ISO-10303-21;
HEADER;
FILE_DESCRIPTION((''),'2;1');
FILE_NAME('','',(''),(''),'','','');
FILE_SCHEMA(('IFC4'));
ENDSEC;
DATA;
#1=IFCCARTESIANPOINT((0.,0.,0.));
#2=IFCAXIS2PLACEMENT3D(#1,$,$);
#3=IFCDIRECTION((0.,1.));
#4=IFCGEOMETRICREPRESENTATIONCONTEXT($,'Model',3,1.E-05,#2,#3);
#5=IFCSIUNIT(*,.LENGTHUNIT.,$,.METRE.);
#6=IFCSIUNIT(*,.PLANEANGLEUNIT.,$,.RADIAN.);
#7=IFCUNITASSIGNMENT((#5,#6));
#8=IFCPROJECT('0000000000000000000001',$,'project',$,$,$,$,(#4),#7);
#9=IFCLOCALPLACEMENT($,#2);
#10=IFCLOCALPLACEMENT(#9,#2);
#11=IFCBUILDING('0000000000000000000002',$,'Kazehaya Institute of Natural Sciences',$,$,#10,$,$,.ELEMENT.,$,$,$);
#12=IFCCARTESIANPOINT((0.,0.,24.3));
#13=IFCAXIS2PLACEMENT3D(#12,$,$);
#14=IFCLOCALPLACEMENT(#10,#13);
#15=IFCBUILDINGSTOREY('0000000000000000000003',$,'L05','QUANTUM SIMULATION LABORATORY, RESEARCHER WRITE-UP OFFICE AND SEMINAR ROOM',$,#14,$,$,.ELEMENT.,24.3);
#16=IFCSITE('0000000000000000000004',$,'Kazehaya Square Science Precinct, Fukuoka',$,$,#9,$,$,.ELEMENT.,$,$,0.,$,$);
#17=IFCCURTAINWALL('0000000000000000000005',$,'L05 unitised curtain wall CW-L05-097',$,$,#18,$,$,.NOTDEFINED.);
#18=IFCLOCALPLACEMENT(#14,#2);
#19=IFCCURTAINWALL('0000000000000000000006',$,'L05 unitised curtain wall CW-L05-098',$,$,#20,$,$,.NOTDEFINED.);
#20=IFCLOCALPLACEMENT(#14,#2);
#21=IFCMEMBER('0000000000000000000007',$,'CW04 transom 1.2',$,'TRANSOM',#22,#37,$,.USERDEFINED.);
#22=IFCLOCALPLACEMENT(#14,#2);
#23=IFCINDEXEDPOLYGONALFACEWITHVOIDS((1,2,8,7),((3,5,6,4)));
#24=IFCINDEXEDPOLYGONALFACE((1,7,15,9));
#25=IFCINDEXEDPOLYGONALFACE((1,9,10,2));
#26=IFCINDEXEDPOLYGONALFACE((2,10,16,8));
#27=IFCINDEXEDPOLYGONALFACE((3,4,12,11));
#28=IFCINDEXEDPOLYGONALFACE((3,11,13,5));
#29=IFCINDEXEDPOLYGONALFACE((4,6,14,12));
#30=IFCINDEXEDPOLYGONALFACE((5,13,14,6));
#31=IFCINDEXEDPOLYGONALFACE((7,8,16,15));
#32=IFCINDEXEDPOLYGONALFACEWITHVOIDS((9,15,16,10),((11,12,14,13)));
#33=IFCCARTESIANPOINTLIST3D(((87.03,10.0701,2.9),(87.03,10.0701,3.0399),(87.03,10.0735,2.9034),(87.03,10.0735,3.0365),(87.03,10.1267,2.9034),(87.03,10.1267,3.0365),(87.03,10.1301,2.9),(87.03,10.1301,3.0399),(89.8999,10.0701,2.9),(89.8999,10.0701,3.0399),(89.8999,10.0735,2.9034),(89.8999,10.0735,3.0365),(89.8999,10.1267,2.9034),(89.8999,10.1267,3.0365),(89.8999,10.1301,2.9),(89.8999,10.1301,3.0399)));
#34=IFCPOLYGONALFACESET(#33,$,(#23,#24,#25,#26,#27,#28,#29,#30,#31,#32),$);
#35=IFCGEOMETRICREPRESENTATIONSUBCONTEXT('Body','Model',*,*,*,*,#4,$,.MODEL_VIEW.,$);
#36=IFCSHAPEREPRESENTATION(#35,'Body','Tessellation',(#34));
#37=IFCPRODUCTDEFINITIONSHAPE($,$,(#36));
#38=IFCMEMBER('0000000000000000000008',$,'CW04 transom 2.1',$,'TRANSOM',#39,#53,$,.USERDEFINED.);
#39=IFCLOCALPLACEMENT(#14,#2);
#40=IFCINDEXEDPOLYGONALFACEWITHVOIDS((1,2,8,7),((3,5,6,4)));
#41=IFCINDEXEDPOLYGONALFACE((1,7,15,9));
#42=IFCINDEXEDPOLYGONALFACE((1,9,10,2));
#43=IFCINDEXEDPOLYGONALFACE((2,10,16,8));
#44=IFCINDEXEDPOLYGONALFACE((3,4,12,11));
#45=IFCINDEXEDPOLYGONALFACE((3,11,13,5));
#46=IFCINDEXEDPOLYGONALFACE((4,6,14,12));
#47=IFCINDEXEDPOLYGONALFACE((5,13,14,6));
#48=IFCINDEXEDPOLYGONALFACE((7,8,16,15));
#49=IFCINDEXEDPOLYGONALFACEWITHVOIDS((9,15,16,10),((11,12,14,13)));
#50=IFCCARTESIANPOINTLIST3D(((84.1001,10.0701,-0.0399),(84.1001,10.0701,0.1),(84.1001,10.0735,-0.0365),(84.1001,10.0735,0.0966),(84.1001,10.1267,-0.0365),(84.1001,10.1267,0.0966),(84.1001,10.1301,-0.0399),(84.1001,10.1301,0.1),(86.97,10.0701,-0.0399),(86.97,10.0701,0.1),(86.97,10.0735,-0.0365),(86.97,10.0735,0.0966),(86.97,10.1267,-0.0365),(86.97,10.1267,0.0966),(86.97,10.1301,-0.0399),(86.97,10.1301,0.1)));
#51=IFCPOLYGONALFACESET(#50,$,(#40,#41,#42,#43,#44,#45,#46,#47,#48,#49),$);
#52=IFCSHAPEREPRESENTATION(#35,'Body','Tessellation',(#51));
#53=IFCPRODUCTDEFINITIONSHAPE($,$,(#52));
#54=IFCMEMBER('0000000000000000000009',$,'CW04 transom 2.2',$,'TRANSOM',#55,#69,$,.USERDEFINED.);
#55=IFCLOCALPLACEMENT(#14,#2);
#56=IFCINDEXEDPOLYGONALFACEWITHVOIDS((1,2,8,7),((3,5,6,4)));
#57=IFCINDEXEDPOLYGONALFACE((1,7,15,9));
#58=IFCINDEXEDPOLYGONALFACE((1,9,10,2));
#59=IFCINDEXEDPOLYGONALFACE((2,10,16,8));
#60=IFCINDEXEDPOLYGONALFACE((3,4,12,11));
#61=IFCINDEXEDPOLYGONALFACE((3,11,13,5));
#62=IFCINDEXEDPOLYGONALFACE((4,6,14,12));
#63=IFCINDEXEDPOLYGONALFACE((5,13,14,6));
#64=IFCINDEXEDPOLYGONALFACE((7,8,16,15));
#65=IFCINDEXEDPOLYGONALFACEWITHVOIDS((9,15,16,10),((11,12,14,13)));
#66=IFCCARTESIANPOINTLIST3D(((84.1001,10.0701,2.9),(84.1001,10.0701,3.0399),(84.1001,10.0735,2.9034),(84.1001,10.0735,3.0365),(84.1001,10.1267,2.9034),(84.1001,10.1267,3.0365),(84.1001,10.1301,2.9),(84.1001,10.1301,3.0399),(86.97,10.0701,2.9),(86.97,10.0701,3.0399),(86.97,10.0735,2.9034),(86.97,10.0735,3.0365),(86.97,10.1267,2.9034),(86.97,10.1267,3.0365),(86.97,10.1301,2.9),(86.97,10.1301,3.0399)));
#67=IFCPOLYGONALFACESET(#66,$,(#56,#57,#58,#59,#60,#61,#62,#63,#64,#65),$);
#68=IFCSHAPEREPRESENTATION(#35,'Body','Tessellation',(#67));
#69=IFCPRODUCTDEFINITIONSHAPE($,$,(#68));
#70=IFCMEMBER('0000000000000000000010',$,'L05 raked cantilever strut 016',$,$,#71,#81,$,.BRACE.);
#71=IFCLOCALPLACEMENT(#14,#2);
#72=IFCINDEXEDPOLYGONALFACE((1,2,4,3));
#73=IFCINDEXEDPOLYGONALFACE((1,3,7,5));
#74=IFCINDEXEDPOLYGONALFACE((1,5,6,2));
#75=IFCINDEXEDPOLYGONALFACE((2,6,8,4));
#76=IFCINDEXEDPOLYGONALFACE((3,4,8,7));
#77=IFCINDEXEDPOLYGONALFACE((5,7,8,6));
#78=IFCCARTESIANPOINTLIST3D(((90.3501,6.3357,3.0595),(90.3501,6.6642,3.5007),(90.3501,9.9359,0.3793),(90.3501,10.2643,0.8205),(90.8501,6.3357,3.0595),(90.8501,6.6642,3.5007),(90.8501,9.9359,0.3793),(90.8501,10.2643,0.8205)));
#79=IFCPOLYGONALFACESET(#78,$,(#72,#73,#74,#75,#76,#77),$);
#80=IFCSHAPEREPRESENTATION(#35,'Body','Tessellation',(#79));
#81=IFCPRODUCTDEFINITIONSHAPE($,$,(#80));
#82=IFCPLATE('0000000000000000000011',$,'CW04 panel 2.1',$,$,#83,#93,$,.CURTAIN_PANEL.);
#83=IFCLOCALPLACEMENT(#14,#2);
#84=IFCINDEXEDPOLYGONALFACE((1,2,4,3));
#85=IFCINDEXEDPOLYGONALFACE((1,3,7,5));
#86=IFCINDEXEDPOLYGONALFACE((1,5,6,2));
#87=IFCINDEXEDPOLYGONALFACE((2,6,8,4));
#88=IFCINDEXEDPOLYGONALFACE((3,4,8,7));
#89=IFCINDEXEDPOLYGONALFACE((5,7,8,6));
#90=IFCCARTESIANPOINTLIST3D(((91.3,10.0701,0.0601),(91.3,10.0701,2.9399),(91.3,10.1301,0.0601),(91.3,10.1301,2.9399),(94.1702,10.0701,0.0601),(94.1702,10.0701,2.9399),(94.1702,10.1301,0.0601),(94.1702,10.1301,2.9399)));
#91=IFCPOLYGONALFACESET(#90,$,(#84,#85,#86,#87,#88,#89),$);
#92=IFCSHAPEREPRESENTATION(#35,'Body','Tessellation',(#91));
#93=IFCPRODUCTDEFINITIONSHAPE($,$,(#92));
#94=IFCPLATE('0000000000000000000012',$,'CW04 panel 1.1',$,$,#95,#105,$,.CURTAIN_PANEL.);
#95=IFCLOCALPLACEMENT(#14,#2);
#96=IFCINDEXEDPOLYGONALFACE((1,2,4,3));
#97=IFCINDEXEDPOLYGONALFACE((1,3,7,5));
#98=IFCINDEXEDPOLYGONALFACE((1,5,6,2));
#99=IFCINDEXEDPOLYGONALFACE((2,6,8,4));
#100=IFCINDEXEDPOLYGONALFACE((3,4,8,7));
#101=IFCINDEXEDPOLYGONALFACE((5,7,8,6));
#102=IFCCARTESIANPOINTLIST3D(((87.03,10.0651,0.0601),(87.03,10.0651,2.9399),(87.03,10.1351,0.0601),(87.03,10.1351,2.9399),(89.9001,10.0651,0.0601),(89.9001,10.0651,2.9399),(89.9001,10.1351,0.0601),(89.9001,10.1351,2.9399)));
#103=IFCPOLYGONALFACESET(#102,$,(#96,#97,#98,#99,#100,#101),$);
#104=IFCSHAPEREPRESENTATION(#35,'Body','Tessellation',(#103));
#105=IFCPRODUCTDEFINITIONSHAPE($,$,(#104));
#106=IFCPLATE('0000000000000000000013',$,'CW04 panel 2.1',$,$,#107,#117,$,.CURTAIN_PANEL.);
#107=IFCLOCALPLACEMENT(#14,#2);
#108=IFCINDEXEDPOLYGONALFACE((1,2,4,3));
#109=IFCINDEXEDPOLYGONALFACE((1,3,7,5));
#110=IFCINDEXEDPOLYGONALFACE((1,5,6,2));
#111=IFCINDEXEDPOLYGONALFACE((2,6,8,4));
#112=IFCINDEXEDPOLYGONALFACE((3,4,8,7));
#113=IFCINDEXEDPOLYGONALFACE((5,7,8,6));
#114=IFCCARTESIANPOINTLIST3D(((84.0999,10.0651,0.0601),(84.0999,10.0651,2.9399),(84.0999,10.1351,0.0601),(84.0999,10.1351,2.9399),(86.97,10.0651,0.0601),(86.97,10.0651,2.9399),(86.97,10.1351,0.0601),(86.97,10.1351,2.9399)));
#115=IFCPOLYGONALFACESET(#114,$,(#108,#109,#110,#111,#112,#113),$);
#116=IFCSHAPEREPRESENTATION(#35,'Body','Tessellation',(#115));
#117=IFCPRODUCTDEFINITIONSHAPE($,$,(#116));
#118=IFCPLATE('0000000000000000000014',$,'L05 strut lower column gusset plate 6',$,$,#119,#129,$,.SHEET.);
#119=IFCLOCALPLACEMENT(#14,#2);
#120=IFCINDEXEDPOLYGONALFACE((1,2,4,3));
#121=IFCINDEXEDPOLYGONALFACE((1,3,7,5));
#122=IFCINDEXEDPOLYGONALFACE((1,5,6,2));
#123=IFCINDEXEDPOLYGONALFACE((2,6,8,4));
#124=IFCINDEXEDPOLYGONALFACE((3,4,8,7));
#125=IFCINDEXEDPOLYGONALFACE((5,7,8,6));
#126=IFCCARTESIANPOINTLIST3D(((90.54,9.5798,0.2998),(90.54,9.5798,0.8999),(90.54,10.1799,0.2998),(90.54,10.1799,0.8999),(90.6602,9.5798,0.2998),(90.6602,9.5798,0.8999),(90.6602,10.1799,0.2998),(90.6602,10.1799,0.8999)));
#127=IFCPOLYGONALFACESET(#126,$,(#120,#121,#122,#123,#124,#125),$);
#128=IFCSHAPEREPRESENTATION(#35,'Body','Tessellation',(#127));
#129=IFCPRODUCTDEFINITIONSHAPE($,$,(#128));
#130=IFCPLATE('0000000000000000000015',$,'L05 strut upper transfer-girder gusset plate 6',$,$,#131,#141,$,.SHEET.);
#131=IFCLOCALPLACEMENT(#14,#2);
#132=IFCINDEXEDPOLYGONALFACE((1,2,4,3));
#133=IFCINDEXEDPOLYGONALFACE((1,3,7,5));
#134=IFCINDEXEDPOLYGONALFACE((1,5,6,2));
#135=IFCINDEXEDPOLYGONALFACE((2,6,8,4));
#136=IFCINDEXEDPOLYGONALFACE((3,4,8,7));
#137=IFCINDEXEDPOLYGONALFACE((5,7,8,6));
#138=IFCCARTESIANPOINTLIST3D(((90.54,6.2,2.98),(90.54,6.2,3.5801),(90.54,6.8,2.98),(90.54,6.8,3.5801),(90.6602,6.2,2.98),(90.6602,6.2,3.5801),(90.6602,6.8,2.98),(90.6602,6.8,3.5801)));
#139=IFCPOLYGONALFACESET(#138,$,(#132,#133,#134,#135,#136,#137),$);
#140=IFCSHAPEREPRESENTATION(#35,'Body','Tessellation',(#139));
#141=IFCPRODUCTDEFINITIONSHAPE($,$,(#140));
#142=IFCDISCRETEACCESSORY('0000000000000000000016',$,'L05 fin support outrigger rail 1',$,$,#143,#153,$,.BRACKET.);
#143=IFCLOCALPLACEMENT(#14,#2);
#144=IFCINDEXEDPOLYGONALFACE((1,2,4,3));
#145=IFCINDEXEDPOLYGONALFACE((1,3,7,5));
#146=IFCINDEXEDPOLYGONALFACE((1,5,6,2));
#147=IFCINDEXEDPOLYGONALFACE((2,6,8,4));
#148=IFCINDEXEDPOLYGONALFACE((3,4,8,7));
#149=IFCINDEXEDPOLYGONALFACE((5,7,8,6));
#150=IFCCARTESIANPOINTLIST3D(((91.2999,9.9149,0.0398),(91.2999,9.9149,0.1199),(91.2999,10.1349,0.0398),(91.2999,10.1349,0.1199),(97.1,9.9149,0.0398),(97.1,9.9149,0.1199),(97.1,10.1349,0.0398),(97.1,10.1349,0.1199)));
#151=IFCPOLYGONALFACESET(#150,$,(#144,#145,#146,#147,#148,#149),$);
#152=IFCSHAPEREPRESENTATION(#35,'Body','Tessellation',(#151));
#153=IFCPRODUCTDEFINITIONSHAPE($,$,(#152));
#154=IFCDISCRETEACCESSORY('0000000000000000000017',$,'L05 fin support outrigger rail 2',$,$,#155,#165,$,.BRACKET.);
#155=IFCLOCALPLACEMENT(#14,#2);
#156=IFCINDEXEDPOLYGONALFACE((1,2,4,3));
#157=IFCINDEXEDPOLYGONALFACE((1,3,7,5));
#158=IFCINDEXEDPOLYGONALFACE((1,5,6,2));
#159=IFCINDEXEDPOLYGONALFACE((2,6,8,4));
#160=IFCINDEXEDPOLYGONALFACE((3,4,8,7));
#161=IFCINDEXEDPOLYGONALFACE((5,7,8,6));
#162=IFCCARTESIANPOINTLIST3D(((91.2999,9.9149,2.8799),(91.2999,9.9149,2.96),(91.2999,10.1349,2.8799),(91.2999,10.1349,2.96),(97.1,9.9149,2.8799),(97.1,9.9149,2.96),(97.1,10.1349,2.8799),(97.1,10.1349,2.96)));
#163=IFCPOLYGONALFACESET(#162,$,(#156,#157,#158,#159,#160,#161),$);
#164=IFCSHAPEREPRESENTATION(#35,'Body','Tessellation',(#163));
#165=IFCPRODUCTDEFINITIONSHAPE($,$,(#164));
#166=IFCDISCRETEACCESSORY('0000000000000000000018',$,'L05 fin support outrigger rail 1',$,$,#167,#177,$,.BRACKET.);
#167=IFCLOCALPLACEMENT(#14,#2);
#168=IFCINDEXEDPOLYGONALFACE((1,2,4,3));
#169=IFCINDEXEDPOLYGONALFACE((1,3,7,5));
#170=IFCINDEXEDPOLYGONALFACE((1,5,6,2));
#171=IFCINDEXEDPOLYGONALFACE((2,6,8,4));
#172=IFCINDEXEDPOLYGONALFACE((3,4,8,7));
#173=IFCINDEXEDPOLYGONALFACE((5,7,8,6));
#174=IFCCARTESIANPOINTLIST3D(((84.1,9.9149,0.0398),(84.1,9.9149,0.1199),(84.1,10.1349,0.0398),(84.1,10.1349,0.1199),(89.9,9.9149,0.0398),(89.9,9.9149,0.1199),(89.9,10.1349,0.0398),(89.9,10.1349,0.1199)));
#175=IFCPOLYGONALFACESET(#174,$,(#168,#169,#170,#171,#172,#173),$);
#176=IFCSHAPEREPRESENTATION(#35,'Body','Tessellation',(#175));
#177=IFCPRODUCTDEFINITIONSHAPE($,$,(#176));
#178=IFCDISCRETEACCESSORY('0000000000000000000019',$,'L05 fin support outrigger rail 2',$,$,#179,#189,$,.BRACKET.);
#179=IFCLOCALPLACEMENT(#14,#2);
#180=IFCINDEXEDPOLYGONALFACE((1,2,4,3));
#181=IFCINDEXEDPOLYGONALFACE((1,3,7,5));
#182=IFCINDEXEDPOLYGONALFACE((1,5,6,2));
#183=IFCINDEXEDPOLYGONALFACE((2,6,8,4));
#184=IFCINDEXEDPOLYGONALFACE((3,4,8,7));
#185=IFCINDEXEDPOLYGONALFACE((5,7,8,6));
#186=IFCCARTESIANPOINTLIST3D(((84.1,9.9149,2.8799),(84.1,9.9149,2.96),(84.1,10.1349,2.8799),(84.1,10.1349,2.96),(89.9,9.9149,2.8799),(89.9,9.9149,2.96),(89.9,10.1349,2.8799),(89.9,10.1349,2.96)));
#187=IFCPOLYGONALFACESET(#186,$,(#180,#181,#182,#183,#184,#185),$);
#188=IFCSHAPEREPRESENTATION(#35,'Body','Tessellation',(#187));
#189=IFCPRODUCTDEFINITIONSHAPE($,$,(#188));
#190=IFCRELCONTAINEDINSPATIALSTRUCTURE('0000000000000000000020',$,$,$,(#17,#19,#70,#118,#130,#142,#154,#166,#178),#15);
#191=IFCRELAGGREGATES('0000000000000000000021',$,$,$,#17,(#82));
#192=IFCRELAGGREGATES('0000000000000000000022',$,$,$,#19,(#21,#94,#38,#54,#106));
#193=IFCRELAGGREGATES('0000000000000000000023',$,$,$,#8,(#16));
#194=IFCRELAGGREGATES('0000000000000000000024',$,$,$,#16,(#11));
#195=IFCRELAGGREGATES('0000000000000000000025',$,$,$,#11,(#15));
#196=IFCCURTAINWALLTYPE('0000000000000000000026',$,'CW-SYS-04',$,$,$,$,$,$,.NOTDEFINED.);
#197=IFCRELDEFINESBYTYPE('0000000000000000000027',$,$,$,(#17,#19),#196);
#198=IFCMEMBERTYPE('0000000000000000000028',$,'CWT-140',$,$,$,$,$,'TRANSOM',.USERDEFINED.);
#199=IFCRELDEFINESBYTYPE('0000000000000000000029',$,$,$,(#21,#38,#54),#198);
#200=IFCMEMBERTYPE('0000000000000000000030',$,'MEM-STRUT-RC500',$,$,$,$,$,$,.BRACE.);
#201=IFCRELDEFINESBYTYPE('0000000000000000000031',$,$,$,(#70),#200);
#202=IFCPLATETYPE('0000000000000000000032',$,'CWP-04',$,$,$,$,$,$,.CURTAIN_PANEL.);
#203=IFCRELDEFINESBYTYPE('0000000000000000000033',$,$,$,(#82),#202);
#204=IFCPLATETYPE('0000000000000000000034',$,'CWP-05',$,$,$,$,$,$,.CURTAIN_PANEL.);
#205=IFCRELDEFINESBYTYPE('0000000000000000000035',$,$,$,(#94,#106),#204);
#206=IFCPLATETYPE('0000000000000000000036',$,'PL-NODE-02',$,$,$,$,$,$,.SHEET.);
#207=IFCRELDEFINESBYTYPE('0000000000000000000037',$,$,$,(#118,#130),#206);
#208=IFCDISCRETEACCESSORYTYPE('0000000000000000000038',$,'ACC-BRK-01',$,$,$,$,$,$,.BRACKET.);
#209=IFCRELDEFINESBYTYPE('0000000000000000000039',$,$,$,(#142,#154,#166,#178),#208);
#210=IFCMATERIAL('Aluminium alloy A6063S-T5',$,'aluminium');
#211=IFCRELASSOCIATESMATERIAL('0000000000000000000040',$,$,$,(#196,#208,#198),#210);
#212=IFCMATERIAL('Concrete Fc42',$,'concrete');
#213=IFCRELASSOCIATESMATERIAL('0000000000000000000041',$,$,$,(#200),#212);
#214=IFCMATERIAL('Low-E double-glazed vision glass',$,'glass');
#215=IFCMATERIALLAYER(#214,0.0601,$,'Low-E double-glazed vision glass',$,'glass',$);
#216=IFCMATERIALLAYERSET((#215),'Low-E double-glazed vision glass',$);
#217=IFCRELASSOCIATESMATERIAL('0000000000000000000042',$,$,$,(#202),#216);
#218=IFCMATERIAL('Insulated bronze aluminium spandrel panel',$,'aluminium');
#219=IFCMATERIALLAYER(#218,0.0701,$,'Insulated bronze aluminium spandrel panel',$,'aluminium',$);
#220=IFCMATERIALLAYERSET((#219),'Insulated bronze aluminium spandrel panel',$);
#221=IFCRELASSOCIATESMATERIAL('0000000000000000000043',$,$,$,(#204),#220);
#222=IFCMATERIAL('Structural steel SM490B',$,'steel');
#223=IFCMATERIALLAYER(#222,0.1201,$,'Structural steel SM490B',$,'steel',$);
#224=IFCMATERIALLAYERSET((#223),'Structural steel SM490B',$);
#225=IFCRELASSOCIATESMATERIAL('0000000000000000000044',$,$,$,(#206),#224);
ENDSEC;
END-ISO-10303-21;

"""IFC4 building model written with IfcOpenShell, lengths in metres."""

from ifc_helpers import new_model, si_unit, direction, frame, origin, origin_2d, place, context, subcontext, project, spatial, rectangle, hollow_rectangle, extrude, material, layer, layer_set, material_profile, profile_set, type_object, element, aggregate, save


model = new_model("IFC4")

# Units and contexts
model_context = context("Model", 3, precision=1e-05, world=origin(), true_north=direction((0.0, 1.0)))
body_context = subcontext(model_context, "Body", "Model", "MODEL_VIEW")
ifc_project = project(units=[si_unit("LENGTHUNIT", "METRE"), si_unit("PLANEANGLEUNIT", "RADIAN")], contexts=[model_context])

# Site, building, storey
site_placement = place(None, origin())
site = spatial("IfcSite", under=ifc_project, at=site_placement, Name="Kazehaya Square Science Precinct, Fukuoka", CompositionType="ELEMENT", RefElevation=0.0)
building_placement = place(site_placement, origin())
building = spatial("IfcBuilding", under=site, at=building_placement, Name="Kazehaya Institute of Natural Sciences", CompositionType="ELEMENT")
storey_placement = place(building_placement, frame((0.0, 0.0, 24.3)))
storey = spatial("IfcBuildingStorey", under=building, at=storey_placement, Name="L05", Description="QUANTUM SIMULATION LABORATORY, RESEARCHER WRITE-UP OFFICE AND SEMINAR ROOM", CompositionType="ELEMENT", Elevation=24.3)

# Shared definitions
ifc_material_1 = material(Name="Concrete Fc42", Category="concrete")

# Curtain wall
ifc_material_2 = material(Name="Aluminium alloy A6063S-T5", Category="aluminium")
curtain_wall_type = type_object("IfcCurtainWallType", Name="CW-SYS-04", PredefinedType="NOTDEFINED", material=ifc_material_2)
curtain_wall_1_placement = place(storey_placement, origin())
curtain_wall_1 = element("IfcCurtainWall", 1, at=curtain_wall_1_placement, inside=storey, type_object=curtain_wall_type, Name="L05 unitised curtain wall CW-L05-097", PredefinedType="NOTDEFINED")

# Curtain wall
curtain_wall_2_placement = place(storey_placement, origin())
curtain_wall_2 = element("IfcCurtainWall", 2, at=curtain_wall_2_placement, inside=storey, type_object=curtain_wall_type, Name="L05 unitised curtain wall CW-L05-098", PredefinedType="NOTDEFINED")

# Members
ifc_material_profile_1 = material_profile(ifc_material_2, hollow_rectangle(XDim=0.0601, YDim=0.1399, WallThickness=0.0034, at=origin_2d()), Name="ALU-60x140x3.5")
ifc_profile_set_1 = profile_set([ifc_material_profile_1], Name="Aluminium alloy A6063S-T5")
member_type_1 = type_object("IfcMemberType", Name="CWT-140", ElementType="TRANSOM", PredefinedType="USERDEFINED", material=ifc_profile_set_1)
member_1_placement = place(storey_placement, frame((89.8999, 10.1001, 2.97), z_axis=(-1.0, 0.0, 0.0), x_axis=(0.0, -1.0, 0.0)))
member_1 = element("IfcMember", 3, at=member_1_placement, type_object=member_type_1, Name="CW04 transom 1.2", ObjectType="TRANSOM", PredefinedType="USERDEFINED", context=body_context, shape_type="SweptSolid", body=[
    extrude(hollow_rectangle(XDim=0.0601, YDim=0.1399, WallThickness=0.0034, at=origin_2d()), origin(), (0.0, 0.0, 1.0), 2.8699),
])
member_2_placement = place(storey_placement, frame((86.97, 10.1001, 0.03), z_axis=(-1.0, 0.0, 0.0), x_axis=(0.0, -1.0, 0.0)))
member_2 = element("IfcMember", 4, at=member_2_placement, type_object=member_type_1, Name="CW04 transom 2.1", ObjectType="TRANSOM", PredefinedType="USERDEFINED", context=body_context, shape_type="SweptSolid", body=[
    extrude(hollow_rectangle(XDim=0.0601, YDim=0.1399, WallThickness=0.0034, at=origin_2d()), origin(), (0.0, 0.0, 1.0), 2.8699),
])
member_3_placement = place(storey_placement, frame((86.97, 10.1001, 2.97), z_axis=(-1.0, 0.0, 0.0), x_axis=(0.0, -1.0, 0.0)))
member_3 = element("IfcMember", 5, at=member_3_placement, type_object=member_type_1, Name="CW04 transom 2.2", ObjectType="TRANSOM", PredefinedType="USERDEFINED", context=body_context, shape_type="SweptSolid", body=[
    extrude(hollow_rectangle(XDim=0.0601, YDim=0.1399, WallThickness=0.0034, at=origin_2d()), origin(), (0.0, 0.0, 1.0), 2.8699),
])
ifc_material_profile_2 = material_profile(ifc_material_1, rectangle(XDim=0.5, YDim=0.55, at=origin_2d()), Name="RC-500x550")
ifc_profile_set_2 = profile_set([ifc_material_profile_2], Name="Concrete Fc42")
member_type_2 = type_object("IfcMemberType", Name="MEM-STRUT-RC500", PredefinedType="BRACE", material=ifc_profile_set_2)
member_4_placement = place(storey_placement, frame((90.6001, 10.1001, 0.5999), z_axis=(0.0, -0.802123, 0.597159), x_axis=(1.0, 0.0, 0.0)))
element("IfcMember", 6, at=member_4_placement, inside=storey, type_object=member_type_2, Name="L05 raked cantilever strut 016", PredefinedType="BRACE", context=body_context, shape_type="SweptSolid", body=[
    extrude(rectangle(XDim=0.5, YDim=0.55, at=origin_2d()), origin(), (0.0, 0.0, 1.0), 4.4883),
])

# Plates
ifc_material_3 = material(Name="Low-E double-glazed vision glass", Category="glass")
ifc_layer_1 = layer(ifc_material_3, 0.0601, Name="Low-E double-glazed vision glass", Category="glass")
ifc_layer_set_1 = layer_set([ifc_layer_1], Name="Low-E double-glazed vision glass")
plate_type_1 = type_object("IfcPlateType", Name="CWP-04", PredefinedType="CURTAIN_PANEL", material=ifc_layer_set_1)
plate_1_placement = place(storey_placement, frame((92.7351, 10.1001, 0.0601), z_axis=(0.0, 0.0, 1.0), x_axis=(-1.0, 0.0, 0.0)))
plate_1 = element("IfcPlate", 7, at=plate_1_placement, type_object=plate_type_1, Name="CW04 panel 2.1", PredefinedType="CURTAIN_PANEL", context=body_context, shape_type="SweptSolid", body=[
    extrude(rectangle(XDim=2.8701, YDim=0.0601, at=origin_2d()), origin(), (0.0, 0.0, 1.0), 2.8799),
])
aggregate(curtain_wall_1, [plate_1])
ifc_material_4 = material(Name="Insulated bronze aluminium spandrel panel", Category="aluminium")
ifc_layer_2 = layer(ifc_material_4, 0.0701, Name="Insulated bronze aluminium spandrel panel", Category="aluminium")
ifc_layer_set_2 = layer_set([ifc_layer_2], Name="Insulated bronze aluminium spandrel panel")
plate_type_2 = type_object("IfcPlateType", Name="CWP-05", PredefinedType="CURTAIN_PANEL", material=ifc_layer_set_2)
plate_2_placement = place(storey_placement, frame((88.4651, 10.1001, 0.0601), z_axis=(0.0, 0.0, 1.0), x_axis=(-1.0, 0.0, 0.0)))
plate_2 = element("IfcPlate", 8, at=plate_2_placement, type_object=plate_type_2, Name="CW04 panel 1.1", PredefinedType="CURTAIN_PANEL", context=body_context, shape_type="SweptSolid", body=[
    extrude(rectangle(XDim=2.8701, YDim=0.0701, at=origin_2d()), origin(), (0.0, 0.0, 1.0), 2.8799),
])
plate_3_placement = place(storey_placement, frame((85.5349, 10.1001, 0.0601), z_axis=(0.0, 0.0, 1.0), x_axis=(-1.0, 0.0, 0.0)))
plate_3 = element("IfcPlate", 9, at=plate_3_placement, type_object=plate_type_2, Name="CW04 panel 2.1", PredefinedType="CURTAIN_PANEL", context=body_context, shape_type="SweptSolid", body=[
    extrude(rectangle(XDim=2.8701, YDim=0.0701, at=origin_2d()), origin(), (0.0, 0.0, 1.0), 2.8799),
])
aggregate(curtain_wall_2, [member_1, plate_2, member_2, member_3, plate_3])

# Plates
ifc_material_5 = material(Name="Structural steel SM490B", Category="steel")
ifc_layer_3 = layer(ifc_material_5, 0.1201, Name="Structural steel SM490B", Category="steel")
ifc_layer_set_3 = layer_set([ifc_layer_3], Name="Structural steel SM490B")
plate_type_3 = type_object("IfcPlateType", Name="PL-NODE-02", PredefinedType="SHEET", material=ifc_layer_set_3)
for number, where, z_axis, x_axis, name in (
    (10, (90.6001, 9.8799, 0.2998), (0.0, 0.0, 1.0), (1.0, 0.0, 0.0), "L05 strut lower column gusset plate 6"),
    (11, (90.6001, 6.5, 2.98), (0.0, 0.0, 1.0), (1.0, 0.0, 0.0), "L05 strut upper transfer-girder gusset plate 6"),
):
    element("IfcPlate", number, at=place(storey_placement, frame(where, z_axis=z_axis, x_axis=x_axis)), inside=storey, type_object=plate_type_3, Name=name, PredefinedType="SHEET", context=body_context, shape_type="SweptSolid", body=[
        extrude(rectangle(XDim=0.1201, YDim=0.6001, at=origin_2d()), origin(), (0.0, 0.0, 1.0), 0.6001),
    ])

# Discrete accessories
discrete_accessory_type = type_object("IfcDiscreteAccessoryType", Name="ACC-BRK-01", PredefinedType="BRACKET", material=ifc_material_2)
for number, where, z_axis, x_axis, name in (
    (12, (94.2, 10.0249, 0.0398), (0.0, 0.0, 1.0), (-1.0, 0.0, 0.0), "L05 fin support outrigger rail 1"),
    (13, (94.2, 10.0249, 2.8799), (0.0, 0.0, 1.0), (-1.0, 0.0, 0.0), "L05 fin support outrigger rail 2"),
    (14, (87.0, 10.0249, 0.0398), (0.0, 0.0, 1.0), (-1.0, 0.0, 0.0), "L05 fin support outrigger rail 1"),
    (15, (87.0, 10.0249, 2.8799), (0.0, 0.0, 1.0), (-1.0, 0.0, 0.0), "L05 fin support outrigger rail 2"),
):
    element("IfcDiscreteAccessory", number, at=place(storey_placement, frame(where, z_axis=z_axis, x_axis=x_axis)), inside=storey, type_object=discrete_accessory_type, Name=name, PredefinedType="BRACKET", context=body_context, shape_type="SweptSolid", body=[
        extrude(rectangle(XDim=5.8, YDim=0.22, at=origin_2d()), origin(), (0.0, 0.0, 1.0), 0.0801),
    ])

save(model, "model.ifc")
